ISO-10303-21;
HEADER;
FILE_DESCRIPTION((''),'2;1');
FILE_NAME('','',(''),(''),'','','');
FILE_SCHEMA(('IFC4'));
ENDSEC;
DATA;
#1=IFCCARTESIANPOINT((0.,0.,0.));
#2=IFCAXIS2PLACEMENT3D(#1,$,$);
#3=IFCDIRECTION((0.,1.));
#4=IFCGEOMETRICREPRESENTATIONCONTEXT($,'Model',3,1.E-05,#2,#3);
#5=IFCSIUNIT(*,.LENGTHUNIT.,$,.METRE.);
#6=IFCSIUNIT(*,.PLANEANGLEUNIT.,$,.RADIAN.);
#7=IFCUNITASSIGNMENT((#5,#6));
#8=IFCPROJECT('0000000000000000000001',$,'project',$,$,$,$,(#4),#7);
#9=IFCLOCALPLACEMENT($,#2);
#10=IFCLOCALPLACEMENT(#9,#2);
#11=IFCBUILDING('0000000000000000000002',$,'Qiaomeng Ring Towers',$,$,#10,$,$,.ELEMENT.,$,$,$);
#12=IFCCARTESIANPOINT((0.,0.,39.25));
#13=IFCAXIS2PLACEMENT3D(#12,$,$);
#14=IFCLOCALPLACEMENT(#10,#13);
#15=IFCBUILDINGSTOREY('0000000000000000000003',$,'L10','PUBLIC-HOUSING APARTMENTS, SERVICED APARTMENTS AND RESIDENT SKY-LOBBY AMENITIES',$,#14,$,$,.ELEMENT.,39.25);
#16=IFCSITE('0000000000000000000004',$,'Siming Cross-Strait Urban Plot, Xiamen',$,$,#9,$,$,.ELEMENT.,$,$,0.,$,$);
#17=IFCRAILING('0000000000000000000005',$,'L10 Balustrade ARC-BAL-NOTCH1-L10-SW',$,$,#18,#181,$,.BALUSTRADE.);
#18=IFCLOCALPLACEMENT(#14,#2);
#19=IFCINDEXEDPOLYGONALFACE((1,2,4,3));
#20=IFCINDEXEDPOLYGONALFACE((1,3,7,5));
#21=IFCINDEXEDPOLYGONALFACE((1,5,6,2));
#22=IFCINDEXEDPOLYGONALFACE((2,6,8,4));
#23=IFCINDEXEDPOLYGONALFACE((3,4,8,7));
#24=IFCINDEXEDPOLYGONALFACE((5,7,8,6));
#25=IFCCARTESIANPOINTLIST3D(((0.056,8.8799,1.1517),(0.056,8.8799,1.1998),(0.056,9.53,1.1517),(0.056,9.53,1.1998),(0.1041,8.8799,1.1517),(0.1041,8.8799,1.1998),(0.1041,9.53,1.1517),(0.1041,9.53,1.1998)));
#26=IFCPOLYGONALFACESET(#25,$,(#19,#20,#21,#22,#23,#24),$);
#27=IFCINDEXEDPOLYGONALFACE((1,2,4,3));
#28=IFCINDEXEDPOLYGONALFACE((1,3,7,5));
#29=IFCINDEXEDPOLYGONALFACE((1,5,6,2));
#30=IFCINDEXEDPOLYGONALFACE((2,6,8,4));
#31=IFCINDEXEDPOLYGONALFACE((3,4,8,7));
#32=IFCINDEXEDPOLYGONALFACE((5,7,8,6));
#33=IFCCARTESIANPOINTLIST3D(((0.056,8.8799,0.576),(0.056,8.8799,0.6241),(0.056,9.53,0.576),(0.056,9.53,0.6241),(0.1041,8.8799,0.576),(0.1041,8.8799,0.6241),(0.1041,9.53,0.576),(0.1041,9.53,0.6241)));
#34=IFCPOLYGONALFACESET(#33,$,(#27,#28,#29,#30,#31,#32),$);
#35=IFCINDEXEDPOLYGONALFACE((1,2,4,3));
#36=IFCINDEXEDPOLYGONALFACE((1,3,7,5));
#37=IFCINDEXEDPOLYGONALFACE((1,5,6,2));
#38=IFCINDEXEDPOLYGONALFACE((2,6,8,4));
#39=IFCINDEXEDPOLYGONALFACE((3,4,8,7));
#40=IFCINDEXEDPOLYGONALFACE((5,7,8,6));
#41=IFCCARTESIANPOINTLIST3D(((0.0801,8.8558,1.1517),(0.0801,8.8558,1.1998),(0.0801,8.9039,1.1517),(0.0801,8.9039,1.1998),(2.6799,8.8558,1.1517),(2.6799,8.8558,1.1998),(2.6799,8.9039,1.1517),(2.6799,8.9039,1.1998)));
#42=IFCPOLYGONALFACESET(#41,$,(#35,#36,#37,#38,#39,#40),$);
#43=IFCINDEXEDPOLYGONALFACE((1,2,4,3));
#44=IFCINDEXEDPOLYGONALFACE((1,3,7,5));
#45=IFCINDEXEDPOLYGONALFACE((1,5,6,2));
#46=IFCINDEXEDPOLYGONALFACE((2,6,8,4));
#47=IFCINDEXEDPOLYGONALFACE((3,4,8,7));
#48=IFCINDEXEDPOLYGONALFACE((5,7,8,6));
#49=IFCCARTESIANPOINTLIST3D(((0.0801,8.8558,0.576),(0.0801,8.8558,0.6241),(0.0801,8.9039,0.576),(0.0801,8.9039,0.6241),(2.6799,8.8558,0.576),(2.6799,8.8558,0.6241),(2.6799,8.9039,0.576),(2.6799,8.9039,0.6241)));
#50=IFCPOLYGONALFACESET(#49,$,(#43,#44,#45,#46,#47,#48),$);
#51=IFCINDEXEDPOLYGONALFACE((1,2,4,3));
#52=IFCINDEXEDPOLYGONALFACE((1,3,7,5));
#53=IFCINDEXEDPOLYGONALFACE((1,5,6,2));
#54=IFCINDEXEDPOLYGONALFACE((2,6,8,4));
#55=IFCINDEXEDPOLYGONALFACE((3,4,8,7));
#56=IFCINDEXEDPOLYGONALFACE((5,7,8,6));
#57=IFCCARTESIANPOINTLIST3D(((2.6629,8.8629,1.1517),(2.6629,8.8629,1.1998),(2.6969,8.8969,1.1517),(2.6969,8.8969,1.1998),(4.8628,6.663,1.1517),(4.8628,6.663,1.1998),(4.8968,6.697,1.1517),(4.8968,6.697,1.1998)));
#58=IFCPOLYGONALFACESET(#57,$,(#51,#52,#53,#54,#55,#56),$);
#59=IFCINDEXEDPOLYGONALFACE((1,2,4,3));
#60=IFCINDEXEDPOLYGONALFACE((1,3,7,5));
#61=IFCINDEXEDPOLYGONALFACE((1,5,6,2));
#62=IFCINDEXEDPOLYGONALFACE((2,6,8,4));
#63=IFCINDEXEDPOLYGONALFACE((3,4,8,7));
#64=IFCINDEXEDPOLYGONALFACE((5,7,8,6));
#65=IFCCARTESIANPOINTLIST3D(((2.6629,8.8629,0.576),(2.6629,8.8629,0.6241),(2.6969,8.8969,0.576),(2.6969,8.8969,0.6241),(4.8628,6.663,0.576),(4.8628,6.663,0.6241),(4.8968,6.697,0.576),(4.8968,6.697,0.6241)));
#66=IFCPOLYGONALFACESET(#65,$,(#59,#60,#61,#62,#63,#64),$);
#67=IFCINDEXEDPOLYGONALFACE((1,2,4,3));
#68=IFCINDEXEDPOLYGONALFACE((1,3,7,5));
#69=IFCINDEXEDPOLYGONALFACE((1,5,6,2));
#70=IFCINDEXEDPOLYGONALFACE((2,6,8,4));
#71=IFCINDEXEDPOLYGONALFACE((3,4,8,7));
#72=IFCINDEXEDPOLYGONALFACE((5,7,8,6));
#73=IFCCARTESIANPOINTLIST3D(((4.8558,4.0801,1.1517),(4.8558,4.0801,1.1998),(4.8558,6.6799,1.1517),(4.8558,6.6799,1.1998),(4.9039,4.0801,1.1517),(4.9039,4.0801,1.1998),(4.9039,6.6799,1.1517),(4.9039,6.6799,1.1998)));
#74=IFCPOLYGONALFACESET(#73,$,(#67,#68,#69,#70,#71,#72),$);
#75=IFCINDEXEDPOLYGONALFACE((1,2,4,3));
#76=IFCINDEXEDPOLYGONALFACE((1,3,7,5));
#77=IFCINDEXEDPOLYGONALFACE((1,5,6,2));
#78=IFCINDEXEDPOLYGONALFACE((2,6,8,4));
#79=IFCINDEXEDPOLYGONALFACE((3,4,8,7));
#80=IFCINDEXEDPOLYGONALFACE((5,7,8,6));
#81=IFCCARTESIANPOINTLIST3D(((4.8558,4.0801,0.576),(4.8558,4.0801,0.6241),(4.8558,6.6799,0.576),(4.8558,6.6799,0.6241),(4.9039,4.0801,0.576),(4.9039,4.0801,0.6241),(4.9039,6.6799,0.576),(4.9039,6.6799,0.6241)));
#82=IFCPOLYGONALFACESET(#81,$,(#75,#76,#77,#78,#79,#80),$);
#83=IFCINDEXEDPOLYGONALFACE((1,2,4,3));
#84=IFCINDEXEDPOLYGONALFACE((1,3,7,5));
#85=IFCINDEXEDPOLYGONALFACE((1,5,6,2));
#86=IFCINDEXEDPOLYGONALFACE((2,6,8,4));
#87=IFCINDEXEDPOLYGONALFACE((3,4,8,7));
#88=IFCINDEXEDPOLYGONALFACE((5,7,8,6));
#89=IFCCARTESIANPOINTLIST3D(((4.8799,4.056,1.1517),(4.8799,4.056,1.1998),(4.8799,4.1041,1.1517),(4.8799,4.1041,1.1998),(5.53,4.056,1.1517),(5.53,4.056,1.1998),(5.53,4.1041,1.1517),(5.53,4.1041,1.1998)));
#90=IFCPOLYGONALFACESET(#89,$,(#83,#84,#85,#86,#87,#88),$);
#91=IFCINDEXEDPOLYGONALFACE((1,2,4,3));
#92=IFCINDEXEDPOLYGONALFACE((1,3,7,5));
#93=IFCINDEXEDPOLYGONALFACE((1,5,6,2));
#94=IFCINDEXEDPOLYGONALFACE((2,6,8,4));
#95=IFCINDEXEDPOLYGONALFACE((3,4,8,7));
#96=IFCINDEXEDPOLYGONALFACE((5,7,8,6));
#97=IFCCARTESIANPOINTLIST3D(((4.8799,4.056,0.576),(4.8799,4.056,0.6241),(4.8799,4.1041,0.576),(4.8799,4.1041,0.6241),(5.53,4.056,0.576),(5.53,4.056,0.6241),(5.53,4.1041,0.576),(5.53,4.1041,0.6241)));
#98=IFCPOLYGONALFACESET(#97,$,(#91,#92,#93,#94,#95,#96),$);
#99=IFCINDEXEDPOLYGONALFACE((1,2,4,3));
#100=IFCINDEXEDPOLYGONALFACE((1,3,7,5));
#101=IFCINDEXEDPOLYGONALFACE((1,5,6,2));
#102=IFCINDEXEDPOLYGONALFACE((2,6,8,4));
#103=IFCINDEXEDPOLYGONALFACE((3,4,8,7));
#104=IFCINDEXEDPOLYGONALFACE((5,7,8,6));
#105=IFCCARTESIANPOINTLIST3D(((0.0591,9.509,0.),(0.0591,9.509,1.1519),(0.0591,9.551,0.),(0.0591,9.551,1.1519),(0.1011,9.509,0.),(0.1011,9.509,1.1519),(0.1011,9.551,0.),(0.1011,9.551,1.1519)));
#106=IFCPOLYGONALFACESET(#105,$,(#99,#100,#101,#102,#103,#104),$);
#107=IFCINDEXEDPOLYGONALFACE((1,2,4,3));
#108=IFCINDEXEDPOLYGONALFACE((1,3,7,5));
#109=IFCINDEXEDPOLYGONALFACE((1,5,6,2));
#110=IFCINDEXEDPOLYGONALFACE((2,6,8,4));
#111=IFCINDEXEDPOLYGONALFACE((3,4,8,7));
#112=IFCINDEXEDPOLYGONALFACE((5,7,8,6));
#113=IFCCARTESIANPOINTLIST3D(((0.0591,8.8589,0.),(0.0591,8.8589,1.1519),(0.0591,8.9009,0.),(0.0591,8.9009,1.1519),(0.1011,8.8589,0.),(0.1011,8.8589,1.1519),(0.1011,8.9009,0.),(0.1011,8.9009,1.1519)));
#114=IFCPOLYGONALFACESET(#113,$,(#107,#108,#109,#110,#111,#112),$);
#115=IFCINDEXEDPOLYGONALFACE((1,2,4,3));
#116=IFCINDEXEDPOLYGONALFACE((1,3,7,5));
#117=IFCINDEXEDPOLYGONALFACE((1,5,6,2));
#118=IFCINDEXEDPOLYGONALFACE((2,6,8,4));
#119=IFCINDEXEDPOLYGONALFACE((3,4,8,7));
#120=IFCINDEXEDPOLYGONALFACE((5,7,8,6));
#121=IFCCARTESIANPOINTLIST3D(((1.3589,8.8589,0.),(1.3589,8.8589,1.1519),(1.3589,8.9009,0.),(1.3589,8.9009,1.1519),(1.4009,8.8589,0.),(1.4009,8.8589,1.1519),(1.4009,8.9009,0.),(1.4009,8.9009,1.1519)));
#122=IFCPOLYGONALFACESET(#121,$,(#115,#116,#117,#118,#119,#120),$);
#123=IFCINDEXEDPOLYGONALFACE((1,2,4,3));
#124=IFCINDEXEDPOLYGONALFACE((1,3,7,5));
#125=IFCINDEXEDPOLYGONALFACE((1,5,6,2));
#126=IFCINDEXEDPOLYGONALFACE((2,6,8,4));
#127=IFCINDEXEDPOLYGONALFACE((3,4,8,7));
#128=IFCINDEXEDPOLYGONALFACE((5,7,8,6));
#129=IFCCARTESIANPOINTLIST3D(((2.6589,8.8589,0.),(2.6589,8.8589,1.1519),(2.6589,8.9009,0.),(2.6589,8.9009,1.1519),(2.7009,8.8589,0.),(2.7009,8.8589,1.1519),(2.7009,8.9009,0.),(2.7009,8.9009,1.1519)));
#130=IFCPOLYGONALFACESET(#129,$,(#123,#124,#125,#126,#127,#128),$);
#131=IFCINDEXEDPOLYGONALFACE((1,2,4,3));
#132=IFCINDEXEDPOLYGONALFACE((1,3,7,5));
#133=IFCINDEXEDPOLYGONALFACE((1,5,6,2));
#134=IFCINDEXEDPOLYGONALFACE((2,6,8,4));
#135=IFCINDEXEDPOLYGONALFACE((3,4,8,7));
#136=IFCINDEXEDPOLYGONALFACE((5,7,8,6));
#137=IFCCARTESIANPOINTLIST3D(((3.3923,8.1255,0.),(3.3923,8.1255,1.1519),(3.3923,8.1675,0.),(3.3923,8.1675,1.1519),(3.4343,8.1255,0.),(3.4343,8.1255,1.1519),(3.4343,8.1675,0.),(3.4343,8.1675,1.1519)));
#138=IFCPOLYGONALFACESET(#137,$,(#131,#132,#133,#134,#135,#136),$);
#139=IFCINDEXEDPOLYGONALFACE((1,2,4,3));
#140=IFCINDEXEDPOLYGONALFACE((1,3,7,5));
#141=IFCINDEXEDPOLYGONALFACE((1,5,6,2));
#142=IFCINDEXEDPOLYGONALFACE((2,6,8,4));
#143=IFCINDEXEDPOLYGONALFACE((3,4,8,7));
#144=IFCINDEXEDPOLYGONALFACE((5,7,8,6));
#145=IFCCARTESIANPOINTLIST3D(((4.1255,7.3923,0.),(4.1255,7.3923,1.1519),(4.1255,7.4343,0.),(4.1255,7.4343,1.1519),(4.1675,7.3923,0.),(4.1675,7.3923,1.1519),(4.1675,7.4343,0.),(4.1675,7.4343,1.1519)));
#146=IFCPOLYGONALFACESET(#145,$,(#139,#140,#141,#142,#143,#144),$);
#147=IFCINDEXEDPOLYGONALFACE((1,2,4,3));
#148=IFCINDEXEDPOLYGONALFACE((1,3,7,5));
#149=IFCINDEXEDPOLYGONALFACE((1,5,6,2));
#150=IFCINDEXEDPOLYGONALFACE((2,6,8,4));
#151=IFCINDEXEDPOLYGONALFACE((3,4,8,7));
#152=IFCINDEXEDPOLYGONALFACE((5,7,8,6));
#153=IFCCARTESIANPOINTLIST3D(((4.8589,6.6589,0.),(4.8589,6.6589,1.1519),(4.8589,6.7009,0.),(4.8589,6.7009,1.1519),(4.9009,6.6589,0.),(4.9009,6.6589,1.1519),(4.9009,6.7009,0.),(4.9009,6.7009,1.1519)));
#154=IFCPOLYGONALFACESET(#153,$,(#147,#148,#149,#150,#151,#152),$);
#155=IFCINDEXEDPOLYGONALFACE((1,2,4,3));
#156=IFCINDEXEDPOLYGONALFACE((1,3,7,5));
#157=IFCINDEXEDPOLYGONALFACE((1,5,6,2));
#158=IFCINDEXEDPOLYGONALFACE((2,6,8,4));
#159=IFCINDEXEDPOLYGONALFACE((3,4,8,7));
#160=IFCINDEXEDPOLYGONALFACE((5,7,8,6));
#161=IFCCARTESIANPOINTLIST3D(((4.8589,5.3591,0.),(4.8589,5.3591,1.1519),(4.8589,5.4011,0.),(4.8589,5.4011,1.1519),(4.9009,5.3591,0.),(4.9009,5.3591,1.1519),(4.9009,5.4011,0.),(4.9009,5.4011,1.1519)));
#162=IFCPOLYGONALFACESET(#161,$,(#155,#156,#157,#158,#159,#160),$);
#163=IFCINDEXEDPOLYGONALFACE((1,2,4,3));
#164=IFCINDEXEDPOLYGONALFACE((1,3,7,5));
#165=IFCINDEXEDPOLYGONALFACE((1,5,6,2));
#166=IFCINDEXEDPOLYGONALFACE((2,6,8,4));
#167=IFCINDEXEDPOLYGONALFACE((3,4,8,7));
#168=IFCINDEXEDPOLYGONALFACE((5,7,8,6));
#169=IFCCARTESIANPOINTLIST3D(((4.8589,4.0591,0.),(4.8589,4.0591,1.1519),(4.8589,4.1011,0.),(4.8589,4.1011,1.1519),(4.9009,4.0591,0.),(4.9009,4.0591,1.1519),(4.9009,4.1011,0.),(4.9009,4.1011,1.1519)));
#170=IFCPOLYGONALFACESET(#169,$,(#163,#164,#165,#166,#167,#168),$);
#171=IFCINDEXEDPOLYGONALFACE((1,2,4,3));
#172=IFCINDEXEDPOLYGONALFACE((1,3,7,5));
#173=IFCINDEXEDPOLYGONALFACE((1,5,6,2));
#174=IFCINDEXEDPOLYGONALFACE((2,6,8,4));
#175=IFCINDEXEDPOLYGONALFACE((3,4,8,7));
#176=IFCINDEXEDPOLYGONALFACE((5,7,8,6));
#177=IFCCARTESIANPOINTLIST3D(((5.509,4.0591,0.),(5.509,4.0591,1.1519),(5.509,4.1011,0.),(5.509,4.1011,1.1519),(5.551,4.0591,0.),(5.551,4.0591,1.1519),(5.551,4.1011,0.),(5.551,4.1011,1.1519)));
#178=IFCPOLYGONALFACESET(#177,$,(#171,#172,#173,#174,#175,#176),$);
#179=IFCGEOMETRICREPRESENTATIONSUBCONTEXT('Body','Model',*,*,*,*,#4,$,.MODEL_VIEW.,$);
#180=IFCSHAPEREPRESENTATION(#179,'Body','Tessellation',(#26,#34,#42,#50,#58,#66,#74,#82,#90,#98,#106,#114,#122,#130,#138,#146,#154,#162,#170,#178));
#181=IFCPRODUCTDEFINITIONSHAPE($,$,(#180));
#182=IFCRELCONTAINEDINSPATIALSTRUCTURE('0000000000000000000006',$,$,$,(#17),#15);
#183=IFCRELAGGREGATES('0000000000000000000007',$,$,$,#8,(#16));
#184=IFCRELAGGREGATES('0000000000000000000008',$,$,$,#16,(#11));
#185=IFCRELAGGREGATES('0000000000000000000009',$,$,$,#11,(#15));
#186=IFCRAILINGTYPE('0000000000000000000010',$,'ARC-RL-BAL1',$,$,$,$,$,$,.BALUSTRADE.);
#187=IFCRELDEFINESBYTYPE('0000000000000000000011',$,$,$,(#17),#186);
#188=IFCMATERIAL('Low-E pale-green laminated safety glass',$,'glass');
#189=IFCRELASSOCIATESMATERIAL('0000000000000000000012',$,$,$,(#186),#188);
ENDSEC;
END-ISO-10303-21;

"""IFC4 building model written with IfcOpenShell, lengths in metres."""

from ifc_helpers import new_model, si_unit, direction, frame, origin, origin_2d, place, context, subcontext, project, spatial, rectangle, extrude, material, type_object, element, save


model = new_model("IFC4")

# Units and contexts
model_context = context("Model", 3, precision=1e-05, world=origin(), true_north=direction((0.0, 1.0)))
body_context = subcontext(model_context, "Body", "Model", "MODEL_VIEW")
ifc_project = project(units=[si_unit("LENGTHUNIT", "METRE"), si_unit("PLANEANGLEUNIT", "RADIAN")], contexts=[model_context])

# Site, building, storey
site_placement = place(None, origin())
site = spatial("IfcSite", under=ifc_project, at=site_placement, Name="Siming Cross-Strait Urban Plot, Xiamen", CompositionType="ELEMENT", RefElevation=0.0)
building_placement = place(site_placement, origin())
building = spatial("IfcBuilding", under=site, at=building_placement, Name="Qiaomeng Ring Towers", CompositionType="ELEMENT")
storey_placement = place(building_placement, frame((0.0, 0.0, 39.25)))
storey = spatial("IfcBuildingStorey", under=building, at=storey_placement, Name="L10", Description="PUBLIC-HOUSING APARTMENTS, SERVICED APARTMENTS AND RESIDENT SKY-LOBBY AMENITIES", CompositionType="ELEMENT", Elevation=39.25)

# Railing
ifc_material_1 = material(Name="Low-E pale-green laminated safety glass", Category="glass")
railing_type = type_object("IfcRailingType", Name="ARC-RL-BAL1", PredefinedType="BALUSTRADE", material=ifc_material_1)
railing_1_placement = place(storey_placement, frame((0.0801, 9.53, 0.0)))
element("IfcRailing", 1, at=railing_1_placement, inside=storey, type_object=railing_type, Name="L10 Balustrade ARC-BAL-NOTCH1-L10-SW", PredefinedType="BALUSTRADE", context=body_context, shape_type="SweptSolid", body=[
    extrude(rectangle(XDim=0.0481, YDim=0.0481, at=origin_2d()), frame((0.0, 0.0, 1.1758), z_axis=(0.0, -1.0, 0.0), x_axis=(1.0, 0.0, 0.0)), (0.0, 0.0, 1.0), 0.6501),
    extrude(rectangle(XDim=0.0481, YDim=0.0481, at=origin_2d()), frame((0.0, 0.0, 0.6001), z_axis=(0.0, -1.0, 0.0), x_axis=(1.0, 0.0, 0.0)), (0.0, 0.0, 1.0), 0.6501),
    extrude(rectangle(XDim=0.0481, YDim=0.0481, at=origin_2d()), frame((0.0, -0.6501, 1.1758), z_axis=(1.0, 0.0, 0.0), x_axis=(0.0, 1.0, 0.0)), (0.0, 0.0, 1.0), 2.5999),
    extrude(rectangle(XDim=0.0481, YDim=0.0481, at=origin_2d()), frame((0.0, -0.6501, 0.6001), z_axis=(1.0, 0.0, 0.0), x_axis=(0.0, 1.0, 0.0)), (0.0, 0.0, 1.0), 2.5999),
    extrude(rectangle(XDim=0.0481, YDim=0.0481, at=origin_2d()), frame((2.5999, -0.6501, 1.1758), z_axis=(0.707107, -0.707107, 0.0), x_axis=(0.707107, 0.707107, 0.0)), (0.0, 0.0, 1.0), 3.1111),
    extrude(rectangle(XDim=0.0481, YDim=0.0481, at=origin_2d()), frame((2.5999, -0.6501, 0.6001), z_axis=(0.707107, -0.707107, 0.0), x_axis=(0.707107, 0.707107, 0.0)), (0.0, 0.0, 1.0), 3.1111),
    extrude(rectangle(XDim=0.0481, YDim=0.0481, at=origin_2d()), frame((4.7998, -2.8501, 1.1758), z_axis=(0.0, -1.0, 0.0), x_axis=(1.0, 0.0, 0.0)), (0.0, 0.0, 1.0), 2.5999),
    extrude(rectangle(XDim=0.0481, YDim=0.0481, at=origin_2d()), frame((4.7998, -2.8501, 0.6001), z_axis=(0.0, -1.0, 0.0), x_axis=(1.0, 0.0, 0.0)), (0.0, 0.0, 1.0), 2.5999),
    extrude(rectangle(XDim=0.0481, YDim=0.0481, at=origin_2d()), frame((4.7998, -5.45, 1.1758), z_axis=(1.0, 0.0, 0.0), x_axis=(0.0, 1.0, 0.0)), (0.0, 0.0, 1.0), 0.6501),
    extrude(rectangle(XDim=0.0481, YDim=0.0481, at=origin_2d()), frame((4.7998, -5.45, 0.6001), z_axis=(1.0, 0.0, 0.0), x_axis=(0.0, 1.0, 0.0)), (0.0, 0.0, 1.0), 0.6501),
    extrude(rectangle(XDim=0.042, YDim=0.042, at=origin_2d()), origin(), (0.0, 0.0, 1.0), 1.1519),
    extrude(rectangle(XDim=0.042, YDim=0.042, at=origin_2d()), frame((0.0, -0.6501, 0.0)), (0.0, 0.0, 1.0), 1.1519),
    extrude(rectangle(XDim=0.042, YDim=0.042, at=origin_2d()), frame((1.2998, -0.6501, 0.0)), (0.0, 0.0, 1.0), 1.1519),
    extrude(rectangle(XDim=0.042, YDim=0.042, at=origin_2d()), frame((2.5999, -0.6501, 0.0)), (0.0, 0.0, 1.0), 1.1519),
    extrude(rectangle(XDim=0.042, YDim=0.042, at=origin_2d()), frame((3.3333, -1.3835, 0.0)), (0.0, 0.0, 1.0), 1.1519),
    extrude(rectangle(XDim=0.042, YDim=0.042, at=origin_2d()), frame((4.0664, -2.1167, 0.0)), (0.0, 0.0, 1.0), 1.1519),
    extrude(rectangle(XDim=0.042, YDim=0.042, at=origin_2d()), frame((4.7998, -2.8501, 0.0)), (0.0, 0.0, 1.0), 1.1519),
    extrude(rectangle(XDim=0.042, YDim=0.042, at=origin_2d()), frame((4.7998, -4.1499, 0.0)), (0.0, 0.0, 1.0), 1.1519),
    extrude(rectangle(XDim=0.042, YDim=0.042, at=origin_2d()), frame((4.7998, -5.45, 0.0)), (0.0, 0.0, 1.0), 1.1519),
    extrude(rectangle(XDim=0.042, YDim=0.042, at=origin_2d()), frame((5.45, -5.45, 0.0)), (0.0, 0.0, 1.0), 1.1519),
])

save(model, "model.ifc")
